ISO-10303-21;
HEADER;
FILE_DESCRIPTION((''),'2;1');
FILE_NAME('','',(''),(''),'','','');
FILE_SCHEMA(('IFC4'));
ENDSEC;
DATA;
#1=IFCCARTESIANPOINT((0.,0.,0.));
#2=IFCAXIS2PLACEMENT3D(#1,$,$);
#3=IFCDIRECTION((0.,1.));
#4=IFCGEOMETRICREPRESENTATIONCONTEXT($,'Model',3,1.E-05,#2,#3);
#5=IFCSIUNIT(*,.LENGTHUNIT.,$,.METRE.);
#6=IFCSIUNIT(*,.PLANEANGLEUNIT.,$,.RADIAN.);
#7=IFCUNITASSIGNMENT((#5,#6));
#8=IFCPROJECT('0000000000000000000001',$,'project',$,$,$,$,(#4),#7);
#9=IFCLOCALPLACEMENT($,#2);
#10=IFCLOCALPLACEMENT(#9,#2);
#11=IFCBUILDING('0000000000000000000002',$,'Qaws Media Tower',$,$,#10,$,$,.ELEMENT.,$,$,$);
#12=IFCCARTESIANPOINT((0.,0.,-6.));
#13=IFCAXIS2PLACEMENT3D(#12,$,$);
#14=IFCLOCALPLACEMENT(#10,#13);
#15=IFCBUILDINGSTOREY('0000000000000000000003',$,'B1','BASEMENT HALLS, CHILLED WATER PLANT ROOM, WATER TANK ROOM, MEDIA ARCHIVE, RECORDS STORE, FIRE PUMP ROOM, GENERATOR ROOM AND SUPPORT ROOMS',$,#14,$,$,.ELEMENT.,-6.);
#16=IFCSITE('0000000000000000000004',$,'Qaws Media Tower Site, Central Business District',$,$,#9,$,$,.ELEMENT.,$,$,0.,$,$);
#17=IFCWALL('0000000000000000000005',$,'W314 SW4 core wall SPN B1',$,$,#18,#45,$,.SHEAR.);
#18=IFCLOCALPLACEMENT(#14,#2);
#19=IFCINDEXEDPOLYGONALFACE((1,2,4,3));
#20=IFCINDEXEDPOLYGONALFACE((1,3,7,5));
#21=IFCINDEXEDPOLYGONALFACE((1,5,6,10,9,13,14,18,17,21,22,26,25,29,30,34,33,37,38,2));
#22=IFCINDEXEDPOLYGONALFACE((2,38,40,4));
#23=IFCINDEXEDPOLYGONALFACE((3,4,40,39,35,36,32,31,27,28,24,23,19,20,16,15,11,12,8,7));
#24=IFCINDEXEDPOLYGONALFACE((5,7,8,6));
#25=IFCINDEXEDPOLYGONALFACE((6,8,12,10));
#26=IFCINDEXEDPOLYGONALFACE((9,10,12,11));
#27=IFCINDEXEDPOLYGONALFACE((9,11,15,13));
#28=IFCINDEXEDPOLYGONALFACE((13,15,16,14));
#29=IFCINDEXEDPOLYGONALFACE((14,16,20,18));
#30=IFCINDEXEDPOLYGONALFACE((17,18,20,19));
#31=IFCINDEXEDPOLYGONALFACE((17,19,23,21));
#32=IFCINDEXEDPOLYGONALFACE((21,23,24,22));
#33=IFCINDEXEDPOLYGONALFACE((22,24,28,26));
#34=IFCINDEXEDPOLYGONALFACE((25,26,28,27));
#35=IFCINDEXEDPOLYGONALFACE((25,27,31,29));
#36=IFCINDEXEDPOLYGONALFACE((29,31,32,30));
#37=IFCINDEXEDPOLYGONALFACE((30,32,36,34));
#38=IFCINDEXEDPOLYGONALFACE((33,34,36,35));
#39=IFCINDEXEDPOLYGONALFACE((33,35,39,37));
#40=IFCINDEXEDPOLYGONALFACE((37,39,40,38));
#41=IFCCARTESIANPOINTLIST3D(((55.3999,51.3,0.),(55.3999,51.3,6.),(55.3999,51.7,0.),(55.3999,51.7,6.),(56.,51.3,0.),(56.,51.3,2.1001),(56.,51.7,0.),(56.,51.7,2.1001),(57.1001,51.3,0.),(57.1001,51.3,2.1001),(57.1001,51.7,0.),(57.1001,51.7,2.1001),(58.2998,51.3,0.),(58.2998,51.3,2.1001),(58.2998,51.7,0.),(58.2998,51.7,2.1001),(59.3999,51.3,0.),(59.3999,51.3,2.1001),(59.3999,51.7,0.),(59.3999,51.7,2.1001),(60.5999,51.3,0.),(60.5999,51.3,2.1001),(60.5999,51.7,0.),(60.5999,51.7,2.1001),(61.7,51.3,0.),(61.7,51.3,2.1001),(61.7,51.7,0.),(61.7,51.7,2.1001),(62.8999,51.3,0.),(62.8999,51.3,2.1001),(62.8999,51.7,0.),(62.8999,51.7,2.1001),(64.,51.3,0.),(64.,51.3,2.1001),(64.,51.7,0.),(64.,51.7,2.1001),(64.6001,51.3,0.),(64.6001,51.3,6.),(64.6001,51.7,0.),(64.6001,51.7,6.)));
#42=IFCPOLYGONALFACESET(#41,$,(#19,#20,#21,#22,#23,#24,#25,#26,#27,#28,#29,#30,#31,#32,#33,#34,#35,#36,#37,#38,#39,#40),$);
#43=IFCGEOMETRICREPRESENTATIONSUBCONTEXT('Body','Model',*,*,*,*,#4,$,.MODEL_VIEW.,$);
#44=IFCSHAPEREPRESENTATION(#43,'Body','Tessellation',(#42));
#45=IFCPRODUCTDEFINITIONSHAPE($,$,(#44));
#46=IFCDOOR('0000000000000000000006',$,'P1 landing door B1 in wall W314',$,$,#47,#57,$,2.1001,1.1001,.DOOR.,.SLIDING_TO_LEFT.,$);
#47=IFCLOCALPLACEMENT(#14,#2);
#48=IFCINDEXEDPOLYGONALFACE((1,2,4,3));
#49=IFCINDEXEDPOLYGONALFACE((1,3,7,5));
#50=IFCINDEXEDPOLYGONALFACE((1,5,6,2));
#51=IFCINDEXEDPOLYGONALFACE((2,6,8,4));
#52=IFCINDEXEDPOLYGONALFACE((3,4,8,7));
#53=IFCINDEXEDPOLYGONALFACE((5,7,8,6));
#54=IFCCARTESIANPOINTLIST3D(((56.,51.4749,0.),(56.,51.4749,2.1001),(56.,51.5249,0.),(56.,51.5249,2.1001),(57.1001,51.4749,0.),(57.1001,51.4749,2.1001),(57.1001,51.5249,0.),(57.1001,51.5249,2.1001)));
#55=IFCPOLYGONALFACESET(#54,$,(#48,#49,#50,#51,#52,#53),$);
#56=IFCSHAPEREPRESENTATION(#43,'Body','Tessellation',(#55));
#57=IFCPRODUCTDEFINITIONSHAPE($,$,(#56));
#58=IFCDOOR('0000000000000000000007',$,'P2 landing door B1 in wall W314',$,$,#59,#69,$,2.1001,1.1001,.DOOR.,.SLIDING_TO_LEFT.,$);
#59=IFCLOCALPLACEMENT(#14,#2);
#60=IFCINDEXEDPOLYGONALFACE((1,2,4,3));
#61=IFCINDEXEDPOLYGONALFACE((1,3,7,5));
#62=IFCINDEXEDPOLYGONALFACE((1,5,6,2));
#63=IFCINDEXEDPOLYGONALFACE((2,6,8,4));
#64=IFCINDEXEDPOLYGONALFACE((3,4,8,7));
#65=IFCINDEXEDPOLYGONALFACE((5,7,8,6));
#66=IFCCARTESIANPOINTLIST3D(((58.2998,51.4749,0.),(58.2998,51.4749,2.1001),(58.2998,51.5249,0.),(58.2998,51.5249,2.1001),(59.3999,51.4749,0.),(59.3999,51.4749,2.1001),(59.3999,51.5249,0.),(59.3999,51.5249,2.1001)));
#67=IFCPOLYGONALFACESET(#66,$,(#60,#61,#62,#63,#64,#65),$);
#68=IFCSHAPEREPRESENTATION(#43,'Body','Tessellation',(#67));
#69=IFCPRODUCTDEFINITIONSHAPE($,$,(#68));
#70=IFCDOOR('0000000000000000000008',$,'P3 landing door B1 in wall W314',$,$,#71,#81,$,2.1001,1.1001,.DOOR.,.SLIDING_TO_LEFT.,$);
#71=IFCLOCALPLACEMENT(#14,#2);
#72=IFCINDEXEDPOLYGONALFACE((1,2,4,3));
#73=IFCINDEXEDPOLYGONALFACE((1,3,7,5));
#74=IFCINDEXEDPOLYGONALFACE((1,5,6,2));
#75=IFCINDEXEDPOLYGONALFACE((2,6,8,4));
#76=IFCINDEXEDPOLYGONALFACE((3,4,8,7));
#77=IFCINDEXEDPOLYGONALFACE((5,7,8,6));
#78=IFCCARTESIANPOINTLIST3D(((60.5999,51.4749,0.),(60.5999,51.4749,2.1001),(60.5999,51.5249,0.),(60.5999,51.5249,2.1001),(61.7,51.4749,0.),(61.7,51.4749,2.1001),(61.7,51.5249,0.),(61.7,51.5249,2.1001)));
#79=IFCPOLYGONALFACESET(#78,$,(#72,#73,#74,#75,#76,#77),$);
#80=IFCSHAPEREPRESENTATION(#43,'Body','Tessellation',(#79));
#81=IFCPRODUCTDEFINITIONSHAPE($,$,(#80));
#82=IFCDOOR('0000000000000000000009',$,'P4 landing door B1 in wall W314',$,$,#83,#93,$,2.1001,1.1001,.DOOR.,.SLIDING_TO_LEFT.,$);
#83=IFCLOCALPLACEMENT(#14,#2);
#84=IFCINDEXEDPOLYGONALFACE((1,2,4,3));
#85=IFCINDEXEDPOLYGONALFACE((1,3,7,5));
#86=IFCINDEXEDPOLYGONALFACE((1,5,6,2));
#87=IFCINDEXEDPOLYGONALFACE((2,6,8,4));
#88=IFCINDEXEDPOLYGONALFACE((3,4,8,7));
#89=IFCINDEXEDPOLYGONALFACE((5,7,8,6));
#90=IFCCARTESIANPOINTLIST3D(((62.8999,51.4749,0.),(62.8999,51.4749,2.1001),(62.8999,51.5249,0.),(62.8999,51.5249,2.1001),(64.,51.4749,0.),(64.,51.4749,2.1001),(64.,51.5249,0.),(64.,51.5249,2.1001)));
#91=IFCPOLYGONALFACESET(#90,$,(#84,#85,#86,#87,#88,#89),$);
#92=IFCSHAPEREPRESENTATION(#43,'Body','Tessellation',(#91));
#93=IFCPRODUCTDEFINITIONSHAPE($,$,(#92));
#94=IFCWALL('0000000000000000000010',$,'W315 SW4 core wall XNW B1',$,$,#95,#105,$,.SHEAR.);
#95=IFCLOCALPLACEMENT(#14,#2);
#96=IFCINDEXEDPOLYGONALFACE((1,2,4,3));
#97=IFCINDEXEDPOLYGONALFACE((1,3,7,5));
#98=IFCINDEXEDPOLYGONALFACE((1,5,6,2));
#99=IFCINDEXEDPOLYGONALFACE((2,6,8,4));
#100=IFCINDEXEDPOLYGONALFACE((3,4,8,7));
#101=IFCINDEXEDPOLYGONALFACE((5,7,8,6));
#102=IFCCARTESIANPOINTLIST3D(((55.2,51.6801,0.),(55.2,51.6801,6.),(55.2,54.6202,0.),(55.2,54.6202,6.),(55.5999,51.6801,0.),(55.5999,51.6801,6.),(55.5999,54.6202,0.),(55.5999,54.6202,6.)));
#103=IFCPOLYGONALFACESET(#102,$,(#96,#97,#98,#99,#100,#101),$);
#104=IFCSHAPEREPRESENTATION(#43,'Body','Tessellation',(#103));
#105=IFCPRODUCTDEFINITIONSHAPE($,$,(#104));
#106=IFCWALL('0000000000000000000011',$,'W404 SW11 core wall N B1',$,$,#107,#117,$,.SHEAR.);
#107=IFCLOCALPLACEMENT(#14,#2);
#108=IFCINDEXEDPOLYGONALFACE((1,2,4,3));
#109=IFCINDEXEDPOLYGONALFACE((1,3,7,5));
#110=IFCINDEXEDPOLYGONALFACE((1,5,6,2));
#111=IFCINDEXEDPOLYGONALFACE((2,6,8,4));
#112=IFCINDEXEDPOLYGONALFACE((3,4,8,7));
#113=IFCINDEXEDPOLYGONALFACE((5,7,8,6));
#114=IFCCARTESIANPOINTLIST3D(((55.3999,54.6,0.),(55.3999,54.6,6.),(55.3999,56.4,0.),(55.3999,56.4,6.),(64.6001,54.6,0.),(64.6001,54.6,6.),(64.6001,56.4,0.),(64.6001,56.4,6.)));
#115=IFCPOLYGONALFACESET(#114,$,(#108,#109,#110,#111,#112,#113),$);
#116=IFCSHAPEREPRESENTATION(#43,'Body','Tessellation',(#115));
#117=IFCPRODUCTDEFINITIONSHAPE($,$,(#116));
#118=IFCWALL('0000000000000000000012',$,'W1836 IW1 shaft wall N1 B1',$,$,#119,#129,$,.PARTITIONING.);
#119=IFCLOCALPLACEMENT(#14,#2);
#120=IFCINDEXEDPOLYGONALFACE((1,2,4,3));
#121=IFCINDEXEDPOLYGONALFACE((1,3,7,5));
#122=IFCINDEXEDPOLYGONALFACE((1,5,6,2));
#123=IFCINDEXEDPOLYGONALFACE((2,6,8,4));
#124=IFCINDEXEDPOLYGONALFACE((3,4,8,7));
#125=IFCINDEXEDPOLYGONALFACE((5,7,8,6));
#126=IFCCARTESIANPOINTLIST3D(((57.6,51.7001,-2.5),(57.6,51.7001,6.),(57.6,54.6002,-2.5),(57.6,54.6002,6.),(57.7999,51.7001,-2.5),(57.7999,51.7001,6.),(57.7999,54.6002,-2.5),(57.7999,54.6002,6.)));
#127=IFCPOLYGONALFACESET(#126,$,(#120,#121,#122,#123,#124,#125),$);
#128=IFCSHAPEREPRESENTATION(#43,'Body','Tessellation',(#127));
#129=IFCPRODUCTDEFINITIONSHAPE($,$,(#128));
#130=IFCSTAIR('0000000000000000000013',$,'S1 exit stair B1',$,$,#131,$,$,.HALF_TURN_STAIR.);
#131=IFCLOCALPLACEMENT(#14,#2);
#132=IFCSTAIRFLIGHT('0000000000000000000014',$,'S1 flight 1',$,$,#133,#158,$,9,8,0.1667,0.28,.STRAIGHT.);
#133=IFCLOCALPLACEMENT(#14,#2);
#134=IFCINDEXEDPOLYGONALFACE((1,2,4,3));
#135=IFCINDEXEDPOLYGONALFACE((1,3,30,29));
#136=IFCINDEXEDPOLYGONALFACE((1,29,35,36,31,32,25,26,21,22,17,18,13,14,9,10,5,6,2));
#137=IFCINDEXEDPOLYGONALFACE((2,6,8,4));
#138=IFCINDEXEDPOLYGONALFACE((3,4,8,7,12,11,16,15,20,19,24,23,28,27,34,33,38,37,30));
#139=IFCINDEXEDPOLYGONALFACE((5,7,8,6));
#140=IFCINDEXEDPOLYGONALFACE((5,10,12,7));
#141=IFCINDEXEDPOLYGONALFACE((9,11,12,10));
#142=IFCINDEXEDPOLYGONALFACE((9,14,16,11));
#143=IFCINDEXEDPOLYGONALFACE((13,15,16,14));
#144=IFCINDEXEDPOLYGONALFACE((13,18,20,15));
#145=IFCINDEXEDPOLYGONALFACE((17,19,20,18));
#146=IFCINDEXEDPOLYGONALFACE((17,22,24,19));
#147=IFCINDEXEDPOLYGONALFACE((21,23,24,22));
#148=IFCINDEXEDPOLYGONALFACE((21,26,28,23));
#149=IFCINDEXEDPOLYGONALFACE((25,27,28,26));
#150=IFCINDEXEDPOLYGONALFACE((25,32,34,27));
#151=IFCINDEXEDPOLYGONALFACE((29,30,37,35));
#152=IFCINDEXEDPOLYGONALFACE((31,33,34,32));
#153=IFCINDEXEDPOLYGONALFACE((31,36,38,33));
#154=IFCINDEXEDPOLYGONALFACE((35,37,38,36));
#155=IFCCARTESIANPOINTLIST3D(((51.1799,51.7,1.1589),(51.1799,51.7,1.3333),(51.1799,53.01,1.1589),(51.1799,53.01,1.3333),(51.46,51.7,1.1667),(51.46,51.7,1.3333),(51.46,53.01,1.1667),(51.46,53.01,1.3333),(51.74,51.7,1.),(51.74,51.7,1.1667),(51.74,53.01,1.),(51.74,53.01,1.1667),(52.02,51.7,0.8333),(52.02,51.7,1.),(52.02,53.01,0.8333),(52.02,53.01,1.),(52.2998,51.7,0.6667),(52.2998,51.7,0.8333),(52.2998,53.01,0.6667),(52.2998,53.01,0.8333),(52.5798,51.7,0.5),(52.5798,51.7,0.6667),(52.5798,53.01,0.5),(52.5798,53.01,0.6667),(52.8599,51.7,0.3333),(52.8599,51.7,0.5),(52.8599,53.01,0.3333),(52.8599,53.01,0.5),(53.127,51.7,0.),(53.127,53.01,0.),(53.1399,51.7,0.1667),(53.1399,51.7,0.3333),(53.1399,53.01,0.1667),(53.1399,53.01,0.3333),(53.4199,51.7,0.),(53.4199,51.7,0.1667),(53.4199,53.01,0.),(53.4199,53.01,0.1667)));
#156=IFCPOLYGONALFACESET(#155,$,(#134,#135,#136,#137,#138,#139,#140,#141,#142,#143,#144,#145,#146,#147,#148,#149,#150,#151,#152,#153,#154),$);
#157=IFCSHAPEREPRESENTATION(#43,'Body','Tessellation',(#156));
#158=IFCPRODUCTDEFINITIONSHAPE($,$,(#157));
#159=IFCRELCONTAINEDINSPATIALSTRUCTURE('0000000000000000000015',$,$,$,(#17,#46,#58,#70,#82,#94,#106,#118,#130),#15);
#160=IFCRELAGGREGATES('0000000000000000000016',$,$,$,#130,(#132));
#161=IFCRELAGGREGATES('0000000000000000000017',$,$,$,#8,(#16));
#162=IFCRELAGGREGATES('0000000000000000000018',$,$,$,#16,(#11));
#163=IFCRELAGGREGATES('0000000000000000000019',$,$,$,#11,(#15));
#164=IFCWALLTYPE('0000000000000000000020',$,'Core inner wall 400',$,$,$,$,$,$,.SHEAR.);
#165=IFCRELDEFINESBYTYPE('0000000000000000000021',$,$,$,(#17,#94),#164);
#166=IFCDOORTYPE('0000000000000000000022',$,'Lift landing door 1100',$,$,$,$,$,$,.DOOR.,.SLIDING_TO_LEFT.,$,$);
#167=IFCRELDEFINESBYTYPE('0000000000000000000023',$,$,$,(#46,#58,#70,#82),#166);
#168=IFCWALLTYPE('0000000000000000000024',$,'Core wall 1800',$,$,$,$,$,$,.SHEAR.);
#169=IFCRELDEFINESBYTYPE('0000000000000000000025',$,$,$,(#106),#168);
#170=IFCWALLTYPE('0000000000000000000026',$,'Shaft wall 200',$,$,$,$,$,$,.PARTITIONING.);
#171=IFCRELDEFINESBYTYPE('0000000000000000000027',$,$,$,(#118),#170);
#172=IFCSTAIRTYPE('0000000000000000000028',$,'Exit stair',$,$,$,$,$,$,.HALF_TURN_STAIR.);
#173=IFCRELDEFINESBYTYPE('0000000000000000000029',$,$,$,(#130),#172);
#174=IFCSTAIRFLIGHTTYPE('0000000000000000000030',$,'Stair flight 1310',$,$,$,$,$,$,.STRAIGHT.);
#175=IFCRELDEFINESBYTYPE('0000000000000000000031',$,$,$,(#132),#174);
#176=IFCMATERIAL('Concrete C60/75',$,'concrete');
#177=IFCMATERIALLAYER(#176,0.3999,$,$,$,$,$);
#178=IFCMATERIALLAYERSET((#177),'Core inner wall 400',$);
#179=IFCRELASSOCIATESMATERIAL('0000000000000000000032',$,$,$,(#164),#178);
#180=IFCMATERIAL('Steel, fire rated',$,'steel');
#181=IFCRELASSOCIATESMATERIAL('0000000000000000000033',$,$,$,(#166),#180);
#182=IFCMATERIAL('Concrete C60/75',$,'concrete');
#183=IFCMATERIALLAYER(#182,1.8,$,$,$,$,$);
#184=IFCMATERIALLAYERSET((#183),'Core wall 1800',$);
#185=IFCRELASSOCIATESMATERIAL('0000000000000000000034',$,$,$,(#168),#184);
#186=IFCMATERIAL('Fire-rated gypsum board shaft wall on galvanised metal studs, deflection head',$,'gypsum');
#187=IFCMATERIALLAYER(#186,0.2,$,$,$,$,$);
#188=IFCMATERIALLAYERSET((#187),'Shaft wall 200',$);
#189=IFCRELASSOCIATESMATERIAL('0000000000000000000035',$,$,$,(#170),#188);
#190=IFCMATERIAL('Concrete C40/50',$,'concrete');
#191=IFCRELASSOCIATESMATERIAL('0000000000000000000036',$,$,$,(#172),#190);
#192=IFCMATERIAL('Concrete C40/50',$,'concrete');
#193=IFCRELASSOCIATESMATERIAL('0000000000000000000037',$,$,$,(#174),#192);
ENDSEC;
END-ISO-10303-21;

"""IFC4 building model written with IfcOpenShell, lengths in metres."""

from ifc_helpers import new_model, si_unit, direction, frame, frame_2d, origin, place, context, subcontext, project, spatial, polyline, rectangle, outline, extrude, material, layer, layer_set, type_object, element, fill, aggregate, save


model = new_model("IFC4")

# Units and contexts
model_context = context("Model", 3, precision=1e-05, world=origin(), true_north=direction((0.0, 1.0)))
body_context = subcontext(model_context, "Body", "Model", "MODEL_VIEW")
ifc_project = project(units=[si_unit("LENGTHUNIT", "METRE"), si_unit("PLANEANGLEUNIT", "RADIAN")], contexts=[model_context])

# Site, building, storey
site_placement = place(None, origin())
site = spatial("IfcSite", under=ifc_project, at=site_placement, Name="Qaws Media Tower Site, Central Business District", CompositionType="ELEMENT", RefElevation=0.0)
building_placement = place(site_placement, origin())
building = spatial("IfcBuilding", under=site, at=building_placement, Name="Qaws Media Tower", CompositionType="ELEMENT")
storey_placement = place(building_placement, frame((0.0, 0.0, -6.0)))
storey = spatial("IfcBuildingStorey", under=building, at=storey_placement, Name="B1", Description="BASEMENT HALLS, CHILLED WATER PLANT ROOM, WATER TANK ROOM, MEDIA ARCHIVE, RECORDS STORE, FIRE PUMP ROOM, GENERATOR ROOM AND SUPPORT ROOMS", CompositionType="ELEMENT", Elevation=-6.0)

# Wall, openings, doors
ifc_material_1 = material(Name="Concrete C60/75", Category="concrete")
ifc_layer_1 = layer(ifc_material_1, 0.3999)
ifc_layer_set_1 = layer_set([ifc_layer_1], Name="Core inner wall 400")
wall_type_1 = type_object("IfcWallType", Name="Core inner wall 400", PredefinedType="SHEAR", material=ifc_layer_set_1)
wall_1_placement = place(storey_placement, frame((55.3999, 51.5, 0.0), z_axis=(0.0, 0.0, 1.0), x_axis=(1.0, 0.0, 0.0)))
wall_1 = element("IfcWall", 1, at=wall_1_placement, inside=storey, type_object=wall_type_1, Name="W314 SW4 core wall SPN B1", PredefinedType="SHEAR", context=body_context, shape_type="SweptSolid", body=[
    extrude(rectangle(XDim=9.2002, YDim=0.3999, at=frame_2d((4.6001, 0.0))), origin(), (0.0, 0.0, 1.0), 6.0),
])
opening_1_placement = place(wall_1_placement, frame((0.6001, 0.0, 0.0)))
opening_1 = element("IfcOpeningElement", 2, at=opening_1_placement, cuts=wall_1, PredefinedType="OPENING", context=body_context, shape_type="SweptSolid", body=[
    extrude(rectangle(XDim=1.1001, YDim=2.1001, at=frame_2d((0.55, 1.05))), frame((0.0, 0.21, 0.0), z_axis=(0.0, -1.0, 0.0), x_axis=(1.0, 0.0, 0.0)), (0.0, 0.0, 1.0), 0.4199),
])
opening_2_placement = place(wall_1_placement, frame((2.8999, 0.0, 0.0)))
opening_2 = element("IfcOpeningElement", 3, at=opening_2_placement, cuts=wall_1, PredefinedType="OPENING", context=body_context, shape_type="SweptSolid", body=[
    extrude(rectangle(XDim=1.1001, YDim=2.1001, at=frame_2d((0.55, 1.05))), frame((0.0, 0.21, 0.0), z_axis=(0.0, -1.0, 0.0), x_axis=(1.0, 0.0, 0.0)), (0.0, 0.0, 1.0), 0.4199),
])
opening_3_placement = place(wall_1_placement, frame((5.2, 0.0, 0.0)))
opening_3 = element("IfcOpeningElement", 4, at=opening_3_placement, cuts=wall_1, PredefinedType="OPENING", context=body_context, shape_type="SweptSolid", body=[
    extrude(rectangle(XDim=1.1001, YDim=2.1001, at=frame_2d((0.55, 1.05))), frame((0.0, 0.21, 0.0), z_axis=(0.0, -1.0, 0.0), x_axis=(1.0, 0.0, 0.0)), (0.0, 0.0, 1.0), 0.4199),
])
opening_4_placement = place(wall_1_placement, frame((7.5, 0.0, 0.0)))
opening_4 = element("IfcOpeningElement", 5, at=opening_4_placement, cuts=wall_1, PredefinedType="OPENING", context=body_context, shape_type="SweptSolid", body=[
    extrude(rectangle(XDim=1.1001, YDim=2.1001, at=frame_2d((0.55, 1.05))), frame((0.0, 0.21, 0.0), z_axis=(0.0, -1.0, 0.0), x_axis=(1.0, 0.0, 0.0)), (0.0, 0.0, 1.0), 0.4199),
])
ifc_material_2 = material(Name="Steel, fire rated", Category="steel")
door_type = type_object("IfcDoorType", Name="Lift landing door 1100", OperationType="SLIDING_TO_LEFT", PredefinedType="DOOR", material=ifc_material_2)
door_1_placement = place(opening_1_placement, origin())
door_1 = element("IfcDoor", 6, at=door_1_placement, inside=storey, type_object=door_type, Name="P1 landing door B1 in wall W314", OperationType="SLIDING_TO_LEFT", OverallHeight=2.1001, OverallWidth=1.1001, PredefinedType="DOOR", context=body_context, shape_type="SweptSolid", body=[
    extrude(rectangle(XDim=1.1001, YDim=2.1001, at=frame_2d((0.55, 1.05))), frame((0.0, 0.0249, 0.0), z_axis=(0.0, -1.0, 0.0), x_axis=(1.0, 0.0, 0.0)), (0.0, 0.0, 1.0), 0.05),
])
fill(opening_1, door_1)
door_2_placement = place(opening_2_placement, origin())
door_2 = element("IfcDoor", 7, at=door_2_placement, inside=storey, type_object=door_type, Name="P2 landing door B1 in wall W314", OperationType="SLIDING_TO_LEFT", OverallHeight=2.1001, OverallWidth=1.1001, PredefinedType="DOOR", context=body_context, shape_type="SweptSolid", body=[
    extrude(rectangle(XDim=1.1001, YDim=2.1001, at=frame_2d((0.55, 1.05))), frame((0.0, 0.0249, 0.0), z_axis=(0.0, -1.0, 0.0), x_axis=(1.0, 0.0, 0.0)), (0.0, 0.0, 1.0), 0.05),
])
fill(opening_2, door_2)
door_3_placement = place(opening_3_placement, origin())
door_3 = element("IfcDoor", 8, at=door_3_placement, inside=storey, type_object=door_type, Name="P3 landing door B1 in wall W314", OperationType="SLIDING_TO_LEFT", OverallHeight=2.1001, OverallWidth=1.1001, PredefinedType="DOOR", context=body_context, shape_type="SweptSolid", body=[
    extrude(rectangle(XDim=1.1001, YDim=2.1001, at=frame_2d((0.55, 1.05))), frame((0.0, 0.0249, 0.0), z_axis=(0.0, -1.0, 0.0), x_axis=(1.0, 0.0, 0.0)), (0.0, 0.0, 1.0), 0.05),
])
fill(opening_3, door_3)
door_4_placement = place(opening_4_placement, origin())
door_4 = element("IfcDoor", 9, at=door_4_placement, inside=storey, type_object=door_type, Name="P4 landing door B1 in wall W314", OperationType="SLIDING_TO_LEFT", OverallHeight=2.1001, OverallWidth=1.1001, PredefinedType="DOOR", context=body_context, shape_type="SweptSolid", body=[
    extrude(rectangle(XDim=1.1001, YDim=2.1001, at=frame_2d((0.55, 1.05))), frame((0.0, 0.0249, 0.0), z_axis=(0.0, -1.0, 0.0), x_axis=(1.0, 0.0, 0.0)), (0.0, 0.0, 1.0), 0.05),
])
fill(opening_4, door_4)

# Walls
wall_2_placement = place(storey_placement, frame((55.3999, 51.6799, 0.0), z_axis=(0.0, 0.0, 1.0), x_axis=(0.0, 1.0, 0.0)))
element("IfcWall", 10, at=wall_2_placement, inside=storey, type_object=wall_type_1, Name="W315 SW4 core wall XNW B1", PredefinedType="SHEAR", context=body_context, shape_type="SweptSolid", body=[
    extrude(rectangle(XDim=2.9402, YDim=0.3999, at=frame_2d((1.4702, 0.0))), origin(), (0.0, 0.0, 1.0), 6.0),
])
ifc_material_3 = material(Name="Concrete C60/75", Category="concrete")
ifc_layer_2 = layer(ifc_material_3, 1.8)
ifc_layer_set_2 = layer_set([ifc_layer_2], Name="Core wall 1800")
wall_type_2 = type_object("IfcWallType", Name="Core wall 1800", PredefinedType="SHEAR", material=ifc_layer_set_2)
wall_3_placement = place(storey_placement, frame((55.3999, 55.5, 0.0), z_axis=(0.0, 0.0, 1.0), x_axis=(1.0, 0.0, 0.0)))
element("IfcWall", 11, at=wall_3_placement, inside=storey, type_object=wall_type_2, Name="W404 SW11 core wall N B1", PredefinedType="SHEAR", context=body_context, shape_type="SweptSolid", body=[
    extrude(rectangle(XDim=9.2002, YDim=1.8, at=frame_2d((4.6001, 0.0))), origin(), (0.0, 0.0, 1.0), 6.0),
])
ifc_material_4 = material(Name="Fire-rated gypsum board shaft wall on galvanised metal studs, deflection head", Category="gypsum")
ifc_layer_3 = layer(ifc_material_4, 0.2)
ifc_layer_set_3 = layer_set([ifc_layer_3], Name="Shaft wall 200")
wall_type_3 = type_object("IfcWallType", Name="Shaft wall 200", PredefinedType="PARTITIONING", material=ifc_layer_set_3)
wall_4_placement = place(storey_placement, frame((57.7, 51.7, -2.5), z_axis=(0.0, 0.0, 1.0), x_axis=(0.0, 1.0, 0.0)))
element("IfcWall", 12, at=wall_4_placement, inside=storey, type_object=wall_type_3, Name="W1836 IW1 shaft wall N1 B1", PredefinedType="PARTITIONING", context=body_context, shape_type="SweptSolid", body=[
    extrude(rectangle(XDim=2.9001, YDim=0.2, at=frame_2d((1.4502, 0.0))), origin(), (0.0, 0.0, 1.0), 8.5),
])

# Stair, stair flight
ifc_material_5 = material(Name="Concrete C40/50", Category="concrete")
stair_type = type_object("IfcStairType", Name="Exit stair", PredefinedType="HALF_TURN_STAIR", material=ifc_material_5)
stair_placement = place(storey_placement, origin())
stair = element("IfcStair", 13, at=stair_placement, inside=storey, type_object=stair_type, Name="S1 exit stair B1", PredefinedType="HALF_TURN_STAIR")
ifc_material_6 = material(Name="Concrete C40/50", Category="concrete")
stair_flight_type = type_object("IfcStairFlightType", Name="Stair flight 1310", PredefinedType="STRAIGHT", material=ifc_material_6)
stair_flight_1_placement = place(storey_placement, frame((53.4199, 52.355, 0.0), z_axis=(0.0, 0.0, 1.0), x_axis=(-1.0, 0.0, 0.0)))
stair_flight_1 = element("IfcStairFlight", 14, at=stair_flight_1_placement, type_object=stair_flight_type, Name="S1 flight 1", NumberOfRisers=9, NumberOfTreads=8, PredefinedType="STRAIGHT", RiserHeight=0.1667, TreadLength=0.28, context=body_context, shape_type="SweptSolid", body=[
    extrude(outline(polyline([(0.0, 0.0), (0.0, 0.1667), (0.28, 0.1667), (0.28, 0.3333), (0.5601, 0.3333), (0.5601, 0.5), (0.8401, 0.5), (0.8401, 0.6667), (1.1201, 0.6667), (1.1201, 0.8333), (1.3999, 0.8333), (1.3999, 1.0), (1.6799, 1.0), (1.6799, 1.1667), (1.96, 1.1667), (1.96, 1.3333), (2.24, 1.3333), (2.24, 1.5), (2.24, 1.1589), (0.293, 0.0), (0.0, 0.0)])), frame((0.0, 0.655, 0.0), z_axis=(0.0, -1.0, 0.0), x_axis=(1.0, 0.0, 0.0)), (0.0, 0.0, 1.0), 1.3101),
])
aggregate(stair, [stair_flight_1])

save(model, "model.ifc")
